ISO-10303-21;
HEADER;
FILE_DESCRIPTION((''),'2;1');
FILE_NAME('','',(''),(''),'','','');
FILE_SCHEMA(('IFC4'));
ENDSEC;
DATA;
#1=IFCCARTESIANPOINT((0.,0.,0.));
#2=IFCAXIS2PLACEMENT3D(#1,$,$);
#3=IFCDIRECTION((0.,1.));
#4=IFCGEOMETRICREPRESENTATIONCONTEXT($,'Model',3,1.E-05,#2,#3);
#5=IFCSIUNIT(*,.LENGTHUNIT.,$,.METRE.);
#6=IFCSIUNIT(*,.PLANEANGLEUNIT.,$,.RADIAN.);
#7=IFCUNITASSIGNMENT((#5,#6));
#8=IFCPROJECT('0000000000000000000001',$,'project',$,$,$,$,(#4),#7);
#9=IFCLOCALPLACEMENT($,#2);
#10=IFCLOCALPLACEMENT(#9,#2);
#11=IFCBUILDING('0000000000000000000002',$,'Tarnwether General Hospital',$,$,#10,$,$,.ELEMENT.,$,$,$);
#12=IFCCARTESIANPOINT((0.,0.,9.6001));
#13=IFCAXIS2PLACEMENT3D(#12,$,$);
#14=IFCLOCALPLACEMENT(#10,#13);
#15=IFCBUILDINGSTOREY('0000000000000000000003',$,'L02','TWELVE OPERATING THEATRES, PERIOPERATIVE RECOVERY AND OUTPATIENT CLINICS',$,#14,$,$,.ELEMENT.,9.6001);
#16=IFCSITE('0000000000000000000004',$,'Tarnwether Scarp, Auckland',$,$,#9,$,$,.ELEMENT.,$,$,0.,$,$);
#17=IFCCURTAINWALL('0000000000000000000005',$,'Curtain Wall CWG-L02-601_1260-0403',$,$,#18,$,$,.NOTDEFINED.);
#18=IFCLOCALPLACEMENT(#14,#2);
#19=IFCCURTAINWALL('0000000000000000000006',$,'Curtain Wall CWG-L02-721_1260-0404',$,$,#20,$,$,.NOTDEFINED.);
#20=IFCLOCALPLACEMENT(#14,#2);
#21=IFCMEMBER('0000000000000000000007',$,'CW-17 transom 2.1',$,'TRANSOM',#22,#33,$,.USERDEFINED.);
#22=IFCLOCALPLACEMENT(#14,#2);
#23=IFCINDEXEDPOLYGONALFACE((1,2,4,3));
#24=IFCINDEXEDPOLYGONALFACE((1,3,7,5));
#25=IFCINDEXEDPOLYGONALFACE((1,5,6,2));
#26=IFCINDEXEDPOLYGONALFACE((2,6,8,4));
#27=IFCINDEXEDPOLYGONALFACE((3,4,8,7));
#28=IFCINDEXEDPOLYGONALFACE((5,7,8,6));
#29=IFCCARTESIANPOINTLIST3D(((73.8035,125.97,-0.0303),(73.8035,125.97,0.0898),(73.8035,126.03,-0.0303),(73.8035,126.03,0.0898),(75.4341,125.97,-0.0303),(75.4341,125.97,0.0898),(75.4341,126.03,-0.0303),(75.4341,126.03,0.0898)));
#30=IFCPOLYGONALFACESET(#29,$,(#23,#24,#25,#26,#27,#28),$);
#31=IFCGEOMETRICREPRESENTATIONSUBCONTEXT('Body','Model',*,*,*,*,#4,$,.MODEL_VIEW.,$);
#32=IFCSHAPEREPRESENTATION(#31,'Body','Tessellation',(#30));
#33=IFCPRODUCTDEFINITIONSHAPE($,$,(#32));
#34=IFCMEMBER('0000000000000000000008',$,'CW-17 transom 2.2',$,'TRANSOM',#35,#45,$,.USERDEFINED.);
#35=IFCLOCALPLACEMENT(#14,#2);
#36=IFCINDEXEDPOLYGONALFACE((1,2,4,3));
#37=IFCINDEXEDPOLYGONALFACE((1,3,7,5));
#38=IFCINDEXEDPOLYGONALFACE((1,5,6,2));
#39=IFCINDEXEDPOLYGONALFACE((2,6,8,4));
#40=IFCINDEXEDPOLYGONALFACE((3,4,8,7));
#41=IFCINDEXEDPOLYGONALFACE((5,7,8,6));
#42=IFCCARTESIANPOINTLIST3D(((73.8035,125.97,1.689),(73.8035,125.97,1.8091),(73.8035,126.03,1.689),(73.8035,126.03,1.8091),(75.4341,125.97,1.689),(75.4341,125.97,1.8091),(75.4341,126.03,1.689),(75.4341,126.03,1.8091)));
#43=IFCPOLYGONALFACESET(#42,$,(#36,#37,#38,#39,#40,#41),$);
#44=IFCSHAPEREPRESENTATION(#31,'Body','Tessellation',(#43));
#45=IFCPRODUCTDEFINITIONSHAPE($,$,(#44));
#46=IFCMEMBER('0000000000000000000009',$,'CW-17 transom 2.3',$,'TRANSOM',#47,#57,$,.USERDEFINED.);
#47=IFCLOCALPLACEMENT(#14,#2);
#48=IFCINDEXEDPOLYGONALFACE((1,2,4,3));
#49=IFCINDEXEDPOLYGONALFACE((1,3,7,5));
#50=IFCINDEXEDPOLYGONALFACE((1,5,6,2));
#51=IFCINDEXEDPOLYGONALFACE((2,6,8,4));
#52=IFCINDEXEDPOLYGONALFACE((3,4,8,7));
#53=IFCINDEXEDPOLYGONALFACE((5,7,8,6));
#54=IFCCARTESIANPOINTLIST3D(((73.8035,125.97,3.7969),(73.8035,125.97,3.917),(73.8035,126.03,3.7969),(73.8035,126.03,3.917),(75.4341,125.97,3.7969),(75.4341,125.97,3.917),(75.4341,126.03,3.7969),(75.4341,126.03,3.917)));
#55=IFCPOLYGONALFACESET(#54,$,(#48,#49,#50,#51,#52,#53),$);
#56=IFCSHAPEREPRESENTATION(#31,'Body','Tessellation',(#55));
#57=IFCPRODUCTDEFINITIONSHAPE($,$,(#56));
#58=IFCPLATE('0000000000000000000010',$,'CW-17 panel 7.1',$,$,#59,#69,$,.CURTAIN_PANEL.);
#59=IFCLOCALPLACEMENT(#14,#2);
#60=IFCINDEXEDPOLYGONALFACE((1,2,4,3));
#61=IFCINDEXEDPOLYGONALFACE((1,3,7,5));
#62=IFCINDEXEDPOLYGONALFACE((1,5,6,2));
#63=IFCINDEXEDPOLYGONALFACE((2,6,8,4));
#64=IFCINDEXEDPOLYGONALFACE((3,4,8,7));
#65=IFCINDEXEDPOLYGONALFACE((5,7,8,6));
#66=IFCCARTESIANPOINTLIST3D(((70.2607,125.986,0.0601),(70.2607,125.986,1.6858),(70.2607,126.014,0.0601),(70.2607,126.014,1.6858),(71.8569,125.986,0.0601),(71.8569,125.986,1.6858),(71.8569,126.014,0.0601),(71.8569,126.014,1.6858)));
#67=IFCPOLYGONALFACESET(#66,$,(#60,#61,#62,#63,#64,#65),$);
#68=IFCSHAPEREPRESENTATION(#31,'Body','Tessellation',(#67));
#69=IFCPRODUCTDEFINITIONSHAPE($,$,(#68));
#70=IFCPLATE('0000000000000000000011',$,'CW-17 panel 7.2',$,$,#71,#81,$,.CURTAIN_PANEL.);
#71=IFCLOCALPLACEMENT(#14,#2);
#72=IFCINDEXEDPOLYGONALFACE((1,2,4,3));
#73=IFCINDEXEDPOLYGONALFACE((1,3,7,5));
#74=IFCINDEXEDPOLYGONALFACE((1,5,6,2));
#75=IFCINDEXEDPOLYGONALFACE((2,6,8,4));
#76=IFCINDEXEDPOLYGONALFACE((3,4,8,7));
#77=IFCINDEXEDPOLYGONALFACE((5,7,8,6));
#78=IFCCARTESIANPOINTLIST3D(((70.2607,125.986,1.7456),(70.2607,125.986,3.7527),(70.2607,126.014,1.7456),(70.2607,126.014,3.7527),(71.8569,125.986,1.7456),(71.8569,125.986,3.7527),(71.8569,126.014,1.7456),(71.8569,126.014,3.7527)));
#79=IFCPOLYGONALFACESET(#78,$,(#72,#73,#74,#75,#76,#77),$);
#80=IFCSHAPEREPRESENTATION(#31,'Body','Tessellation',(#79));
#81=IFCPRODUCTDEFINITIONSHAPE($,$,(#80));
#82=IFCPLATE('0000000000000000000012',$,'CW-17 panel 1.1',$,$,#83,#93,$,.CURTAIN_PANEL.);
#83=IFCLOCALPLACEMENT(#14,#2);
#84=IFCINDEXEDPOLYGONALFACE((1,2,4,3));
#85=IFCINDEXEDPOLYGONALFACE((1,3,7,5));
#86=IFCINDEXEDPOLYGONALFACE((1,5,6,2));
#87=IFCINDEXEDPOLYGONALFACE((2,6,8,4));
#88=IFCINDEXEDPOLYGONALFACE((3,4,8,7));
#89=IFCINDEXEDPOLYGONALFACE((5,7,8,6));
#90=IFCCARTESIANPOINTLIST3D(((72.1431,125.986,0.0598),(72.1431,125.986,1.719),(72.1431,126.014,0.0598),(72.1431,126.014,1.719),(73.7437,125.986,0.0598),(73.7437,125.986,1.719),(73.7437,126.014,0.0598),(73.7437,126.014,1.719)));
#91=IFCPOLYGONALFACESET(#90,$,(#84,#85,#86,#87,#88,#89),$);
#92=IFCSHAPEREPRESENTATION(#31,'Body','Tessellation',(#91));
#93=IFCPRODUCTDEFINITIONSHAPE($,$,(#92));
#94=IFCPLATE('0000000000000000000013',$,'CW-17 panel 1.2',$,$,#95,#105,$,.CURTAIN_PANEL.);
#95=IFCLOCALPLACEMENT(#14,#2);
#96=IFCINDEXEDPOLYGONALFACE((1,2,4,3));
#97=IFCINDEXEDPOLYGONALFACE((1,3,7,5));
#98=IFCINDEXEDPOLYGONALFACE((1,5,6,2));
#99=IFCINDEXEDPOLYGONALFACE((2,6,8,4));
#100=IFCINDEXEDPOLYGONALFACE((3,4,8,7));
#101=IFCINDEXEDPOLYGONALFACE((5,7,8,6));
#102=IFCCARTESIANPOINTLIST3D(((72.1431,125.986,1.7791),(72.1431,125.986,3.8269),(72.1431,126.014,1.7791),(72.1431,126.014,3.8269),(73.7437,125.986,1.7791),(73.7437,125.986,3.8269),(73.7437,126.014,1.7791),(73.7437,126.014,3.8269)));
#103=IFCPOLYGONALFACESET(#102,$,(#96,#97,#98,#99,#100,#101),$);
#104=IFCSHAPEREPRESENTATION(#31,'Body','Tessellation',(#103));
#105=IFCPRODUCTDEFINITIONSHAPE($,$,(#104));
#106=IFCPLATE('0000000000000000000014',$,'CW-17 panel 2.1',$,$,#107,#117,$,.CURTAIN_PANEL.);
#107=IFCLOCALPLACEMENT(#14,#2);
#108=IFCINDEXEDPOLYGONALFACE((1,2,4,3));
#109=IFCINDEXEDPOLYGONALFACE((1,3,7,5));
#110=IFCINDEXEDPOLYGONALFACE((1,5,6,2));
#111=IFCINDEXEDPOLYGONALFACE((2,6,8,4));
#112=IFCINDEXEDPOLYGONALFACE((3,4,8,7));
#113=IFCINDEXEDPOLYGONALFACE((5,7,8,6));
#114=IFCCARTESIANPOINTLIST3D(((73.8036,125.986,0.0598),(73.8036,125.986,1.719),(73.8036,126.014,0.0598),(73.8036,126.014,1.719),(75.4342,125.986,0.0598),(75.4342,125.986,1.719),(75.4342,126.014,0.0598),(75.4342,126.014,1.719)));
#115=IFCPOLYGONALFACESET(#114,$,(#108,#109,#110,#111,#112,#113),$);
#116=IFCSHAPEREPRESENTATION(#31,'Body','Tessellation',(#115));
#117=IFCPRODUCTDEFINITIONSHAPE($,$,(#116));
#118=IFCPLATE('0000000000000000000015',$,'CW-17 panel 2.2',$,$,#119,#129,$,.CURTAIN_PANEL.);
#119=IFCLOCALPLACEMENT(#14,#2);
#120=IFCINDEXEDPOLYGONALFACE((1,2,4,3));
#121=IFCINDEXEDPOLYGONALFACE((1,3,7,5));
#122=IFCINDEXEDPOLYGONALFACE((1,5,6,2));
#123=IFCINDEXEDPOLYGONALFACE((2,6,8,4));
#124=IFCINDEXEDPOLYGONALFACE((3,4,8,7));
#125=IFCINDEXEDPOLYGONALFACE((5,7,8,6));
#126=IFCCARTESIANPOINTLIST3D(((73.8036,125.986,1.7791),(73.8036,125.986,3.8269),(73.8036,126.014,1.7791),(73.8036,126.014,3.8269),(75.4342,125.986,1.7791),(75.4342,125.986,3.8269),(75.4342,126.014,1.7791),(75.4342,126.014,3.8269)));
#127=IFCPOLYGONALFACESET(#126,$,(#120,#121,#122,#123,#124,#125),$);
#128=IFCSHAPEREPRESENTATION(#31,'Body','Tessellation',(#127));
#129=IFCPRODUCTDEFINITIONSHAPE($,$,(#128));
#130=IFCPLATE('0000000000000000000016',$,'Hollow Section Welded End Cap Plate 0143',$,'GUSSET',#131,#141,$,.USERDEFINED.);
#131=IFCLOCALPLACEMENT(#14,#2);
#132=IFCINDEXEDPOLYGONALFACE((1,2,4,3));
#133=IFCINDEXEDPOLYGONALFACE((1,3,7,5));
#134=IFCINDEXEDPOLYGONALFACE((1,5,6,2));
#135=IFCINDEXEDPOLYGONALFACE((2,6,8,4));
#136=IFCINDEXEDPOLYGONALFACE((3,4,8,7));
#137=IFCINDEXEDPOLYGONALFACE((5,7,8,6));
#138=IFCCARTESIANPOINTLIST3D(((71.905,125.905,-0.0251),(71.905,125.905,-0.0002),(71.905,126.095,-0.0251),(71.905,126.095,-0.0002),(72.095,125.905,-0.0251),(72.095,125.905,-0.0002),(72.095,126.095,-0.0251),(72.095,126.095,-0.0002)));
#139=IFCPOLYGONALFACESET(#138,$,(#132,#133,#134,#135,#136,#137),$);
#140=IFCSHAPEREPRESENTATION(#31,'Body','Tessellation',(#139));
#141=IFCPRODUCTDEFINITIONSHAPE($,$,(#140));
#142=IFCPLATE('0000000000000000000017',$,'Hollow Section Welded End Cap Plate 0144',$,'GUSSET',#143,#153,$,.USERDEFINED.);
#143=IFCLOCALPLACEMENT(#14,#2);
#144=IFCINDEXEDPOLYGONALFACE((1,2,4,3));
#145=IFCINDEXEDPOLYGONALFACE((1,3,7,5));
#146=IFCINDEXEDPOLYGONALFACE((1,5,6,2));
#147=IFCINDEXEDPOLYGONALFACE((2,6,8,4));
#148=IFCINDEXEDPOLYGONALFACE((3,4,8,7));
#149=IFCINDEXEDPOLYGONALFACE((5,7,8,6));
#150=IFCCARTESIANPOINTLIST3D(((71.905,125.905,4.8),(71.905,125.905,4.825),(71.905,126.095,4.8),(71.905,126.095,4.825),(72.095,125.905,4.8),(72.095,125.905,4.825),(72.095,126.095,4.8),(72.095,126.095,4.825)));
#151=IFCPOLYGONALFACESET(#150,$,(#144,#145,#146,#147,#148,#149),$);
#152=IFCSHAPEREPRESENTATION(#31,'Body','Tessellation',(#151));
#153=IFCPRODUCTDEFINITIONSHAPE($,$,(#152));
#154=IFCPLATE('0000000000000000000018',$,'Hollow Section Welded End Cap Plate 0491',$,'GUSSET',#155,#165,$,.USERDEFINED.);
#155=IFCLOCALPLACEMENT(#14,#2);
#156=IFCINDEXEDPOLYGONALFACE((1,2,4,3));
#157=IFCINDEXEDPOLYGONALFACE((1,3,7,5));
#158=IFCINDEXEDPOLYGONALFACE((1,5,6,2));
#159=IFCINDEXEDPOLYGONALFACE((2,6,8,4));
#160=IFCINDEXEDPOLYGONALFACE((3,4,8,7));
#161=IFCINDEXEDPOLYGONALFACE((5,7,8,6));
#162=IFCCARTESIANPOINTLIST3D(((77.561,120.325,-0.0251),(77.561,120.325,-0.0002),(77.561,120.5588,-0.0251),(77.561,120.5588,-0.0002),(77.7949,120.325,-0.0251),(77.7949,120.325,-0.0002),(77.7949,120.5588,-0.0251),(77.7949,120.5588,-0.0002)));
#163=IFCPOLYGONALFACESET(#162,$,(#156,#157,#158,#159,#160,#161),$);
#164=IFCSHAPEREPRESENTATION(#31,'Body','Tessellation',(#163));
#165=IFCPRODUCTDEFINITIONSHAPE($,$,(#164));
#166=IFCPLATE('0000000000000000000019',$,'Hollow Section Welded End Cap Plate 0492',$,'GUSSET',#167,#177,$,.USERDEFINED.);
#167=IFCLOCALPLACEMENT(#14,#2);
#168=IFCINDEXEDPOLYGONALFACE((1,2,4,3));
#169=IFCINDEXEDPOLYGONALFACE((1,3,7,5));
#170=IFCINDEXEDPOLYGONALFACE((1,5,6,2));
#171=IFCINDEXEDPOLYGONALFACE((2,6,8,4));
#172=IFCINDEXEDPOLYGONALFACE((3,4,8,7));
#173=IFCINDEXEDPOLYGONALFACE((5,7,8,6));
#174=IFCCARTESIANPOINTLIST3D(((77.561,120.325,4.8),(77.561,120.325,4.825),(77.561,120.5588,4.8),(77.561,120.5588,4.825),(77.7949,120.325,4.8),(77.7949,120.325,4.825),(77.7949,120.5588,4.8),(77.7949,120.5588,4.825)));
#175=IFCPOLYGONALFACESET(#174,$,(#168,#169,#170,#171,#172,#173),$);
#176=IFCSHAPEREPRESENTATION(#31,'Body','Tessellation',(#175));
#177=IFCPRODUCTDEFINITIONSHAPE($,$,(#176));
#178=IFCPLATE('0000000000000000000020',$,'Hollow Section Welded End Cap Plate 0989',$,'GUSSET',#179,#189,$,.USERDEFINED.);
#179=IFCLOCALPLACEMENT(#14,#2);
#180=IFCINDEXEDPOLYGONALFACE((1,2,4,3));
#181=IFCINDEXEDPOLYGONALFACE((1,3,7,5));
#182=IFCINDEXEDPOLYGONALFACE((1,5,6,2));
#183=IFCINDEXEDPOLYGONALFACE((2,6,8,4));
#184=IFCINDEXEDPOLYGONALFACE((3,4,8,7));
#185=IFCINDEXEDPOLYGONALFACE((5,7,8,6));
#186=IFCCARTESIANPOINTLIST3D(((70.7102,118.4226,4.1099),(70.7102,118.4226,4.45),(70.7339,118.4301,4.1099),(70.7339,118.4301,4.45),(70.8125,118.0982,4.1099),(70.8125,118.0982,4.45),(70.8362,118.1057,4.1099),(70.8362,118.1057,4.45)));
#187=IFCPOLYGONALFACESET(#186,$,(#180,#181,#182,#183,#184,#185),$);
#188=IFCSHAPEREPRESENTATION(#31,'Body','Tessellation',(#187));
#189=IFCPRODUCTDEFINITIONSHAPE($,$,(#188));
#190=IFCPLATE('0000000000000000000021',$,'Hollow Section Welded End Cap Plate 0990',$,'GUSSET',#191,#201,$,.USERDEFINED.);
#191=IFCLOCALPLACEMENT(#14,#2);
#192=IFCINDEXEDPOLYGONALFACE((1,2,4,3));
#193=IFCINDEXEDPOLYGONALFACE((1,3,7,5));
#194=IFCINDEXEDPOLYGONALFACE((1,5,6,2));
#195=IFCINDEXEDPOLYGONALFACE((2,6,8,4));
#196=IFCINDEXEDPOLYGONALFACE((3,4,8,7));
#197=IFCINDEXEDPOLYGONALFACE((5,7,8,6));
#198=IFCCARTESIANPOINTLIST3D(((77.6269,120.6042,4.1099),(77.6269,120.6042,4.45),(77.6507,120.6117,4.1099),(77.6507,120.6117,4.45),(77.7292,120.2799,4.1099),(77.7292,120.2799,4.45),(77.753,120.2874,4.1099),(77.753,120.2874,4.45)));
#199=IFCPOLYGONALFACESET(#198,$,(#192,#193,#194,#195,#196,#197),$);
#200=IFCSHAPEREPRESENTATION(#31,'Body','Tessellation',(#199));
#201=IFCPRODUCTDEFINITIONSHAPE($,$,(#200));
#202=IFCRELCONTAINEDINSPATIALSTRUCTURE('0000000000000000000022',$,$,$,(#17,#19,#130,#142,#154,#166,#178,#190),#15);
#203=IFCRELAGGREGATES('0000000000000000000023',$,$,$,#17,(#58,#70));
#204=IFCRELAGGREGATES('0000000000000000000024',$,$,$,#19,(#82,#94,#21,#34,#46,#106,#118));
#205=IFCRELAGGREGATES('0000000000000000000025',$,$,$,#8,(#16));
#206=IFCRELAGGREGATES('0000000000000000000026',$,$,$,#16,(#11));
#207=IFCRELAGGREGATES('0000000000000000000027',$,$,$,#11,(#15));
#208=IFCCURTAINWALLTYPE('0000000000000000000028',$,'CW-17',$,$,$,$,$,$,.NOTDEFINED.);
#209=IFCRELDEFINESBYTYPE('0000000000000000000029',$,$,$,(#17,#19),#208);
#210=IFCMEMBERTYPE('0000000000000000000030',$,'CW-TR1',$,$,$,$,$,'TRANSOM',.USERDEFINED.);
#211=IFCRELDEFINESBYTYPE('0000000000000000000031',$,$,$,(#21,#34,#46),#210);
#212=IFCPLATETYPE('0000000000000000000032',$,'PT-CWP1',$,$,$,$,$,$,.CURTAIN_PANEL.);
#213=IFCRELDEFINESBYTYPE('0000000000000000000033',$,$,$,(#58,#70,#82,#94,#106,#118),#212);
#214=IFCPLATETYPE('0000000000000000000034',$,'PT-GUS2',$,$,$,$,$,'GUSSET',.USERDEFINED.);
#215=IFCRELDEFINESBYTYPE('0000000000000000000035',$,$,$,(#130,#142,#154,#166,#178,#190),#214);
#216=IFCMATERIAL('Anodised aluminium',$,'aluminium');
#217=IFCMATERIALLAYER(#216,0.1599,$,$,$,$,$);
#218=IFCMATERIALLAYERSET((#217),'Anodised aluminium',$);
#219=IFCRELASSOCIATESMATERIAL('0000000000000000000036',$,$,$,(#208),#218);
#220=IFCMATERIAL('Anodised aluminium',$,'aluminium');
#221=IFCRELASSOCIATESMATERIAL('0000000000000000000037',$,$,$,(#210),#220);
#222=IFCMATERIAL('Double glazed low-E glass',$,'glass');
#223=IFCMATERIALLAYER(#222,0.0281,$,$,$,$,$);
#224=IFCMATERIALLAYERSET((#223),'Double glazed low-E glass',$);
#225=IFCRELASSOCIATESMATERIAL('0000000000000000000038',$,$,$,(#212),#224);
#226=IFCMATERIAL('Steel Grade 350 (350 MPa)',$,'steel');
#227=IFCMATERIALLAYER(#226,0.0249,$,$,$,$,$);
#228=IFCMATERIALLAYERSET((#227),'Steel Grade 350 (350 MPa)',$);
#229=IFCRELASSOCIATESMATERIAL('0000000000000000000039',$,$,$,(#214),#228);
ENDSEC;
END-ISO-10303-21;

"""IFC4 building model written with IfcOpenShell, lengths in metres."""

from ifc_helpers import new_model, si_unit, direction, frame, origin, origin_2d, place, context, subcontext, project, spatial, rectangle, extrude, material, layer, layer_set, material_profile, profile_set, type_object, element, aggregate, save


model = new_model("IFC4")

# Units and contexts
model_context = context("Model", 3, precision=1e-05, world=origin(), true_north=direction((0.0, 1.0)))
body_context = subcontext(model_context, "Body", "Model", "MODEL_VIEW")
ifc_project = project(units=[si_unit("LENGTHUNIT", "METRE"), si_unit("PLANEANGLEUNIT", "RADIAN")], contexts=[model_context])

# Site, building, storey
site_placement = place(None, origin())
site = spatial("IfcSite", under=ifc_project, at=site_placement, Name="Tarnwether Scarp, Auckland", CompositionType="ELEMENT", RefElevation=0.0)
building_placement = place(site_placement, origin())
building = spatial("IfcBuilding", under=site, at=building_placement, Name="Tarnwether General Hospital", CompositionType="ELEMENT")
storey_placement = place(building_placement, frame((0.0, 0.0, 9.6001)))
storey = spatial("IfcBuildingStorey", under=building, at=storey_placement, Name="L02", Description="TWELVE OPERATING THEATRES, PERIOPERATIVE RECOVERY AND OUTPATIENT CLINICS", CompositionType="ELEMENT", Elevation=9.6001)

# Curtain wall
ifc_material_1 = material(Name="Anodised aluminium", Category="aluminium")
ifc_layer_1 = layer(ifc_material_1, 0.1599)
ifc_layer_set_1 = layer_set([ifc_layer_1], Name="Anodised aluminium")
curtain_wall_type = type_object("IfcCurtainWallType", Name="CW-17", PredefinedType="NOTDEFINED", material=ifc_layer_set_1)
curtain_wall_1_placement = place(storey_placement, origin())
curtain_wall_1 = element("IfcCurtainWall", 1, at=curtain_wall_1_placement, inside=storey, type_object=curtain_wall_type, Name="Curtain Wall CWG-L02-601_1260-0403", PredefinedType="NOTDEFINED")

# Curtain wall
curtain_wall_2_placement = place(storey_placement, origin())
curtain_wall_2 = element("IfcCurtainWall", 2, at=curtain_wall_2_placement, inside=storey, type_object=curtain_wall_type, Name="Curtain Wall CWG-L02-721_1260-0404", PredefinedType="NOTDEFINED")

# Members
ifc_material_2 = material(Name="Anodised aluminium", Category="aluminium")
ifc_material_profile_1 = material_profile(ifc_material_2, rectangle(XDim=0.0601, YDim=0.1201, at=origin_2d()), Name="ALU-TRN-60x120")
ifc_profile_set_1 = profile_set([ifc_material_profile_1], Name="Anodised aluminium")
member_type_1 = type_object("IfcMemberType", Name="CW-TR1", ElementType="TRANSOM", PredefinedType="USERDEFINED", material=ifc_profile_set_1)
member_1_placement = place(storey_placement, frame((73.8035, 126.0, 0.0298), z_axis=(1.0, 0.0, 0.0), x_axis=(0.0, 1.0, 0.0)))
member_1 = element("IfcMember", 3, at=member_1_placement, type_object=member_type_1, Name="CW-17 transom 2.1", ObjectType="TRANSOM", PredefinedType="USERDEFINED", context=body_context, shape_type="SweptSolid", body=[
    extrude(rectangle(XDim=0.0601, YDim=0.1201, at=origin_2d()), origin(), (0.0, 0.0, 1.0), 1.6306),
])
member_2_placement = place(storey_placement, frame((73.8035, 126.0, 1.749), z_axis=(1.0, 0.0, 0.0), x_axis=(0.0, 1.0, 0.0)))
member_2 = element("IfcMember", 4, at=member_2_placement, type_object=member_type_1, Name="CW-17 transom 2.2", ObjectType="TRANSOM", PredefinedType="USERDEFINED", context=body_context, shape_type="SweptSolid", body=[
    extrude(rectangle(XDim=0.0601, YDim=0.1201, at=origin_2d()), origin(), (0.0, 0.0, 1.0), 1.6306),
])
member_3_placement = place(storey_placement, frame((73.8035, 126.0, 3.8569), z_axis=(1.0, 0.0, 0.0), x_axis=(0.0, 1.0, 0.0)))
member_3 = element("IfcMember", 5, at=member_3_placement, type_object=member_type_1, Name="CW-17 transom 2.3", ObjectType="TRANSOM", PredefinedType="USERDEFINED", context=body_context, shape_type="SweptSolid", body=[
    extrude(rectangle(XDim=0.0601, YDim=0.1201, at=origin_2d()), origin(), (0.0, 0.0, 1.0), 1.6306),
])

# Plates
ifc_material_3 = material(Name="Double glazed low-E glass", Category="glass")
ifc_layer_2 = layer(ifc_material_3, 0.0281)
ifc_layer_set_2 = layer_set([ifc_layer_2], Name="Double glazed low-E glass")
plate_type_1 = type_object("IfcPlateType", Name="PT-CWP1", PredefinedType="CURTAIN_PANEL", material=ifc_layer_set_2)
plate_1_placement = place(storey_placement, frame((71.0588, 126.0, 0.0601), z_axis=(0.0, 0.0, 1.0), x_axis=(1.0, 0.0, 0.0)))
plate_1 = element("IfcPlate", 6, at=plate_1_placement, type_object=plate_type_1, Name="CW-17 panel 7.1", PredefinedType="CURTAIN_PANEL", context=body_context, shape_type="SweptSolid", body=[
    extrude(rectangle(XDim=1.5962, YDim=0.0281, at=origin_2d()), origin(), (0.0, 0.0, 1.0), 1.6257),
])
plate_2_placement = place(storey_placement, frame((71.0588, 126.0, 1.7456), z_axis=(0.0, 0.0, 1.0), x_axis=(1.0, 0.0, 0.0)))
plate_2 = element("IfcPlate", 7, at=plate_2_placement, type_object=plate_type_1, Name="CW-17 panel 7.2", PredefinedType="CURTAIN_PANEL", context=body_context, shape_type="SweptSolid", body=[
    extrude(rectangle(XDim=1.5962, YDim=0.0281, at=origin_2d()), origin(), (0.0, 0.0, 1.0), 2.0071),
])
aggregate(curtain_wall_1, [plate_1, plate_2])
plate_3_placement = place(storey_placement, frame((72.9434, 126.0, 0.0598), z_axis=(0.0, 0.0, 1.0), x_axis=(1.0, 0.0, 0.0)))
plate_3 = element("IfcPlate", 8, at=plate_3_placement, type_object=plate_type_1, Name="CW-17 panel 1.1", PredefinedType="CURTAIN_PANEL", context=body_context, shape_type="SweptSolid", body=[
    extrude(rectangle(XDim=1.6006, YDim=0.0281, at=origin_2d()), origin(), (0.0, 0.0, 1.0), 1.6592),
])
plate_4_placement = place(storey_placement, frame((72.9434, 126.0, 1.7791), z_axis=(0.0, 0.0, 1.0), x_axis=(1.0, 0.0, 0.0)))
plate_4 = element("IfcPlate", 9, at=plate_4_placement, type_object=plate_type_1, Name="CW-17 panel 1.2", PredefinedType="CURTAIN_PANEL", context=body_context, shape_type="SweptSolid", body=[
    extrude(rectangle(XDim=1.6006, YDim=0.0281, at=origin_2d()), origin(), (0.0, 0.0, 1.0), 2.0479),
])
plate_5_placement = place(storey_placement, frame((74.6189, 126.0, 0.0598), z_axis=(0.0, 0.0, 1.0), x_axis=(1.0, 0.0, 0.0)))
plate_5 = element("IfcPlate", 10, at=plate_5_placement, type_object=plate_type_1, Name="CW-17 panel 2.1", PredefinedType="CURTAIN_PANEL", context=body_context, shape_type="SweptSolid", body=[
    extrude(rectangle(XDim=1.6306, YDim=0.0281, at=origin_2d()), origin(), (0.0, 0.0, 1.0), 1.6592),
])
plate_6_placement = place(storey_placement, frame((74.6189, 126.0, 1.7791), z_axis=(0.0, 0.0, 1.0), x_axis=(1.0, 0.0, 0.0)))
plate_6 = element("IfcPlate", 11, at=plate_6_placement, type_object=plate_type_1, Name="CW-17 panel 2.2", PredefinedType="CURTAIN_PANEL", context=body_context, shape_type="SweptSolid", body=[
    extrude(rectangle(XDim=1.6306, YDim=0.0281, at=origin_2d()), origin(), (0.0, 0.0, 1.0), 2.0479),
])
aggregate(curtain_wall_2, [plate_3, plate_4, member_1, member_2, member_3, plate_5, plate_6])

# Plates
ifc_material_4 = material(Name="Steel Grade 350 (350 MPa)", Category="steel")
ifc_layer_3 = layer(ifc_material_4, 0.0249)
ifc_layer_set_3 = layer_set([ifc_layer_3], Name="Steel Grade 350 (350 MPa)")
plate_type_2 = type_object("IfcPlateType", Name="PT-GUS2", ElementType="GUSSET", PredefinedType="USERDEFINED", material=ifc_layer_set_3)
for number, where, z_axis, x_axis, name in (
    (12, (72.0, 126.0, -0.0251), (0.0, 0.0, 1.0), (1.0, 0.0, 0.0), "Hollow Section Welded End Cap Plate 0143"),
    (13, (72.0, 126.0, 4.8), (0.0, 0.0, 1.0), (1.0, 0.0, 0.0), "Hollow Section Welded End Cap Plate 0144"),
):
    element("IfcPlate", number, at=place(storey_placement, frame(where, z_axis=z_axis, x_axis=x_axis)), inside=storey, type_object=plate_type_2, Name=name, ObjectType="GUSSET", PredefinedType="USERDEFINED", context=body_context, shape_type="SweptSolid", body=[
        extrude(rectangle(XDim=0.1899, YDim=0.1899, at=origin_2d()), origin(), (0.0, 0.0, 1.0), 0.0249),
    ])
for number, where, z_axis, x_axis, name in (
    (14, (77.678, 120.4419, -0.0251), (0.0, 0.0, 1.0), (1.0, 0.0, 0.0), "Hollow Section Welded End Cap Plate 0491"),
    (15, (77.678, 120.4419, 4.8), (0.0, 0.0, 1.0), (1.0, 0.0, 0.0), "Hollow Section Welded End Cap Plate 0492"),
):
    element("IfcPlate", number, at=place(storey_placement, frame(where, z_axis=z_axis, x_axis=x_axis)), inside=storey, type_object=plate_type_2, Name=name, ObjectType="GUSSET", PredefinedType="USERDEFINED", context=body_context, shape_type="SweptSolid", body=[
        extrude(rectangle(XDim=0.2339, YDim=0.2339, at=origin_2d()), origin(), (0.0, 0.0, 1.0), 0.0249),
    ])
for number, where, z_axis, x_axis, name in (
    (16, (70.7732, 118.2642, 4.1099), (0.0, 0.0, 1.0), (0.953691, 0.300789, 0.0), "Hollow Section Welded End Cap Plate 0989"),
    (17, (77.6899, 120.4458, 4.1099), (0.0, 0.0, 1.0), (0.953691, 0.300789, 0.0), "Hollow Section Welded End Cap Plate 0990"),
):
    element("IfcPlate", number, at=place(storey_placement, frame(where, z_axis=z_axis, x_axis=x_axis)), inside=storey, type_object=plate_type_2, Name=name, ObjectType="GUSSET", PredefinedType="USERDEFINED", context=body_context, shape_type="SweptSolid", body=[
        extrude(rectangle(XDim=0.0249, YDim=0.3401, at=origin_2d()), origin(), (0.0, 0.0, 1.0), 0.3401),
    ])

save(model, "model.ifc")
